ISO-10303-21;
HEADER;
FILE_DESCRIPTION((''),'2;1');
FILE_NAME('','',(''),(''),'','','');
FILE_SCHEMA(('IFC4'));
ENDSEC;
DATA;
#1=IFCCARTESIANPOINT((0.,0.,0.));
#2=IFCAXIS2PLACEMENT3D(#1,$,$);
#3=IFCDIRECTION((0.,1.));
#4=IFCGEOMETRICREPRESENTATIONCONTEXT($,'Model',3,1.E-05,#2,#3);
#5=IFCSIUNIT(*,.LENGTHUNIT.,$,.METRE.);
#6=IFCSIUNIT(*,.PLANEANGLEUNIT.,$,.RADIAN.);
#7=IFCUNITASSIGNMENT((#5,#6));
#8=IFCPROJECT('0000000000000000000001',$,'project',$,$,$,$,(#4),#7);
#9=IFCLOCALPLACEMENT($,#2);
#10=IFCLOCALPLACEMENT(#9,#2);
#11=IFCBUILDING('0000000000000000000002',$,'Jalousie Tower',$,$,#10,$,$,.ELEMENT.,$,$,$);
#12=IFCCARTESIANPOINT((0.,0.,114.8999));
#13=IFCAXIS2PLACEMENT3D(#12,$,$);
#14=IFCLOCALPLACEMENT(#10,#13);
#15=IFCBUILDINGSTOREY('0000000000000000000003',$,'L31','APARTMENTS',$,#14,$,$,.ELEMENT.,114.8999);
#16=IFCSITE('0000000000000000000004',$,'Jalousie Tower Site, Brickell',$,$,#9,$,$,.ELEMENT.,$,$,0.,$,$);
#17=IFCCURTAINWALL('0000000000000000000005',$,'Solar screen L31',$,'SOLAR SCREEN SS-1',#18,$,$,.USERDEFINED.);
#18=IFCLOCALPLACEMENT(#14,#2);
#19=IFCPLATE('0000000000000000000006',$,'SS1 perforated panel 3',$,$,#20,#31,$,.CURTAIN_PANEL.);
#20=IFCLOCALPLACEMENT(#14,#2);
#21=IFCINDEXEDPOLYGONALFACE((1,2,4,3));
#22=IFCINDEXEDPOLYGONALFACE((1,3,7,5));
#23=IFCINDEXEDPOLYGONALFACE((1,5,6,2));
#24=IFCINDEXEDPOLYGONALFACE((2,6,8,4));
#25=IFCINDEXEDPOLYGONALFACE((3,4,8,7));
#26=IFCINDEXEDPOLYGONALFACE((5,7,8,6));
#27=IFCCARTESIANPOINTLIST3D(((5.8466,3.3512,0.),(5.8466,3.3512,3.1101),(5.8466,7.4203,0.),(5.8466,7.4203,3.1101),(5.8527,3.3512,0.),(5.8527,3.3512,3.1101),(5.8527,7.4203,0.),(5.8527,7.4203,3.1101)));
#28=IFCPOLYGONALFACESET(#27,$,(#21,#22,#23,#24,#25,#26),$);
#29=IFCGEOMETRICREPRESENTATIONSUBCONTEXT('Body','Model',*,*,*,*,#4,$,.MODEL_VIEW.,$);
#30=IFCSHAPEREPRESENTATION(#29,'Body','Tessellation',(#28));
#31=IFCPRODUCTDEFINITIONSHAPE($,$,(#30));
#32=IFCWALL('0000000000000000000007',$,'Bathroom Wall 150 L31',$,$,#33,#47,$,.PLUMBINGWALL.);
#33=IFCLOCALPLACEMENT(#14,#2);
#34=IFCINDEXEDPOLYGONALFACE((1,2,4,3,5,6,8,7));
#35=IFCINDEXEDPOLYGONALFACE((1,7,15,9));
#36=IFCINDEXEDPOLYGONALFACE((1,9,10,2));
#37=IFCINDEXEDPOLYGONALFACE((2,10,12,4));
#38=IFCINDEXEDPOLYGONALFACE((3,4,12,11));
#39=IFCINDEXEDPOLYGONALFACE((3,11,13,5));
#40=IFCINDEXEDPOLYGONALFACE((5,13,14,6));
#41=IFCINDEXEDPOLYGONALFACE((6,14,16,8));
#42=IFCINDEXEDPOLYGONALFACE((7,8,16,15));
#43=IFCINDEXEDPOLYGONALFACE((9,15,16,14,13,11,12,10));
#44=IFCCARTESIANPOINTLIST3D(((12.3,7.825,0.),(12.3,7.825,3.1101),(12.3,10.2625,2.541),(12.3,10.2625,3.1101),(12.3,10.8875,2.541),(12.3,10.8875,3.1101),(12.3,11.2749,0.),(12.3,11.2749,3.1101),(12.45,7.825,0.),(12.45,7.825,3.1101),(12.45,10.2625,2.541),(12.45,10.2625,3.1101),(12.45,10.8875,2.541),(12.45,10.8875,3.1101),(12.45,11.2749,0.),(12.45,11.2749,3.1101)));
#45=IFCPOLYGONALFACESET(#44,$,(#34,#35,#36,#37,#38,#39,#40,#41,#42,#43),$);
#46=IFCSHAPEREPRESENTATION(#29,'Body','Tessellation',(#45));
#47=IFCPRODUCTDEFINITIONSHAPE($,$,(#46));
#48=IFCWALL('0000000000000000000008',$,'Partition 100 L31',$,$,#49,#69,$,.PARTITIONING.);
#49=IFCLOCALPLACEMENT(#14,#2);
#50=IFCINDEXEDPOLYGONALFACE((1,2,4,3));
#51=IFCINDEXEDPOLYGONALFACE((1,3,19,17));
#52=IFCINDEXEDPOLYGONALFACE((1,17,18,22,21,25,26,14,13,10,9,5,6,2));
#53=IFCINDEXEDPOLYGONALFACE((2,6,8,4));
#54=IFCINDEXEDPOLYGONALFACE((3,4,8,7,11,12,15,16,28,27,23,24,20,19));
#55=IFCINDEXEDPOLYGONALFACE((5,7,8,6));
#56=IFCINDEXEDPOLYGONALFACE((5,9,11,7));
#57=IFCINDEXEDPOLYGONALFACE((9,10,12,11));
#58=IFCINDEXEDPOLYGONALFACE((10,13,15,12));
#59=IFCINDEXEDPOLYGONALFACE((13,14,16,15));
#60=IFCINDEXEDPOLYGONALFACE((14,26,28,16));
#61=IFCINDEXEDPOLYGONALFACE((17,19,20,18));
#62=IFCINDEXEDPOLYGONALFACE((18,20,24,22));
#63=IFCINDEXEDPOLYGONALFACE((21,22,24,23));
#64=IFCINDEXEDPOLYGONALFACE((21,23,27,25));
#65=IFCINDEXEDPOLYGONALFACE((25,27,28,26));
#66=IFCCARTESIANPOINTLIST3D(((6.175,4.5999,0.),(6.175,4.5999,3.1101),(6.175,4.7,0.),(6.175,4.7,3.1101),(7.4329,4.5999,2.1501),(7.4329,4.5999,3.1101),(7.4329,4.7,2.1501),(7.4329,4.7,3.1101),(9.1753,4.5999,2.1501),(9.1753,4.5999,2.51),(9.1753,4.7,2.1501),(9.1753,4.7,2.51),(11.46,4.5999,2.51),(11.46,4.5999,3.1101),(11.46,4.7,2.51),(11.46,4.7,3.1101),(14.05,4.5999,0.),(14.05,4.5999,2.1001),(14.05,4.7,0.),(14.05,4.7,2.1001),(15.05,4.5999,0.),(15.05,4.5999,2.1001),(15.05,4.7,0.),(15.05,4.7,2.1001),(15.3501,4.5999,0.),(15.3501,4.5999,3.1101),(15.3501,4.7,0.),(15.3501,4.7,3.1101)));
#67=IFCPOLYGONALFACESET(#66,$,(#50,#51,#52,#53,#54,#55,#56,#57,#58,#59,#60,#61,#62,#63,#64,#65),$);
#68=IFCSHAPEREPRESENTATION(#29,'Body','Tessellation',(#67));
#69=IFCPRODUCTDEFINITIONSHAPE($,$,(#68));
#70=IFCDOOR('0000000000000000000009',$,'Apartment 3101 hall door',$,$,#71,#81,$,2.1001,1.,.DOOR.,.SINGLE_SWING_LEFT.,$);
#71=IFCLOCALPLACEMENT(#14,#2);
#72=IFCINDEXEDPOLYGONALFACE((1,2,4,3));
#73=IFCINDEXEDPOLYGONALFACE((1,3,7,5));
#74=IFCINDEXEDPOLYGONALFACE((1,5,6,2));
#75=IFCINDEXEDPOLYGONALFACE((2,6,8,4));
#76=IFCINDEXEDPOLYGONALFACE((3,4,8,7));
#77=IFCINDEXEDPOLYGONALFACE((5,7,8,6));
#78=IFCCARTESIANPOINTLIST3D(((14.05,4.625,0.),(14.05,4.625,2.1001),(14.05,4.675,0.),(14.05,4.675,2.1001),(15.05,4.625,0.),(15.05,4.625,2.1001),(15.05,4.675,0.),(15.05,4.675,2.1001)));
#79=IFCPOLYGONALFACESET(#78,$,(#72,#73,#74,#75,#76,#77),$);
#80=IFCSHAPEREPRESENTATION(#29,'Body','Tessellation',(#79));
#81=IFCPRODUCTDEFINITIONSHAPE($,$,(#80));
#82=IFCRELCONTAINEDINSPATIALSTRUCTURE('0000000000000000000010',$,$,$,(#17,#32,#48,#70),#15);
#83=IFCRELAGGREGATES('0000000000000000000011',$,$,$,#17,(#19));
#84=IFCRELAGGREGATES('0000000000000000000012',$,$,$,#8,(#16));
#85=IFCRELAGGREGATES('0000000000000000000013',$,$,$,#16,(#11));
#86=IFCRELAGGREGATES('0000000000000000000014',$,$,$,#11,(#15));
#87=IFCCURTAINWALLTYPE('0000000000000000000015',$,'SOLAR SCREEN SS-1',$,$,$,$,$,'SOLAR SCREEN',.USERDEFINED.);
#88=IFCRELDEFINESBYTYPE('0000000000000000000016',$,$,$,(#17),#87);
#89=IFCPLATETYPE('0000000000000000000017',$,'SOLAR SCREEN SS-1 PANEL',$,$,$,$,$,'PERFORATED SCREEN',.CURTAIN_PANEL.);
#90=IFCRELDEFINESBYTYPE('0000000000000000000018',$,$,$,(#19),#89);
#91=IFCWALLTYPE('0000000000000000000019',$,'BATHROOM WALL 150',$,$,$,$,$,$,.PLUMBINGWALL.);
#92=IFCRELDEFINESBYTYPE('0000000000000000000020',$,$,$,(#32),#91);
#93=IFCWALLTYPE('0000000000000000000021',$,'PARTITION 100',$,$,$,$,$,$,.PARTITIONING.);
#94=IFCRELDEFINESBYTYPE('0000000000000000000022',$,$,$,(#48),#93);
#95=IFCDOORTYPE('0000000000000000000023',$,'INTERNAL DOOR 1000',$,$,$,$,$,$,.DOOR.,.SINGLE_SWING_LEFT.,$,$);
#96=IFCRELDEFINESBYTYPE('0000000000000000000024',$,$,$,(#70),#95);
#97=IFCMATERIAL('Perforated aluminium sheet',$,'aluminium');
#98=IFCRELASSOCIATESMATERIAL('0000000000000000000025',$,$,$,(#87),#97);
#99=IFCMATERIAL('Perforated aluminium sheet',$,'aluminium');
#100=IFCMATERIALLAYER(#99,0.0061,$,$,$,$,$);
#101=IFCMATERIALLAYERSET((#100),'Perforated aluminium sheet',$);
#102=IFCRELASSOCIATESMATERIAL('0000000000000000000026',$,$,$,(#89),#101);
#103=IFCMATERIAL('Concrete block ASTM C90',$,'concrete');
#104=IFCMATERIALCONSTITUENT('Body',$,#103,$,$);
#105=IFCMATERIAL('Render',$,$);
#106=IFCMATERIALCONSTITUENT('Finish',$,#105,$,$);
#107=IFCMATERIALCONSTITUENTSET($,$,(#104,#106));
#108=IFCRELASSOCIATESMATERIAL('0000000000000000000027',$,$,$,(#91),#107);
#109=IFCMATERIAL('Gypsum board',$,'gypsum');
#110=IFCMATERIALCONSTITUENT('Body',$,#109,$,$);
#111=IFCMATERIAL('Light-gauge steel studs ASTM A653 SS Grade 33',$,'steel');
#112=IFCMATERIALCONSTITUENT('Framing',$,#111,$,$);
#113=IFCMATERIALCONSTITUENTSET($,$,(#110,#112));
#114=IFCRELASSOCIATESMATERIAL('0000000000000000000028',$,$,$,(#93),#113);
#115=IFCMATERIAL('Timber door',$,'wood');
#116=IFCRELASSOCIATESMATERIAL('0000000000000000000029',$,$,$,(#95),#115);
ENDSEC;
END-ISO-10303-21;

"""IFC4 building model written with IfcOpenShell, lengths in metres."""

from ifc_helpers import new_model, si_unit, direction, frame, frame_2d, origin, origin_2d, place, context, subcontext, project, spatial, polyline, rectangle, outline, extrude, material, layer, layer_set, constituent, constituent_set, type_object, element, fill, aggregate, save


model = new_model("IFC4")

# Units and contexts
model_context = context("Model", 3, precision=1e-05, world=origin(), true_north=direction((0.0, 1.0)))
body_context = subcontext(model_context, "Body", "Model", "MODEL_VIEW")
ifc_project = project(units=[si_unit("LENGTHUNIT", "METRE"), si_unit("PLANEANGLEUNIT", "RADIAN")], contexts=[model_context])

# Site, building, storey
site_placement = place(None, origin())
site = spatial("IfcSite", under=ifc_project, at=site_placement, Name="Jalousie Tower Site, Brickell", CompositionType="ELEMENT", RefElevation=0.0)
building_placement = place(site_placement, origin())
building = spatial("IfcBuilding", under=site, at=building_placement, Name="Jalousie Tower", CompositionType="ELEMENT")
storey_placement = place(building_placement, frame((0.0, 0.0, 114.8999)))
storey = spatial("IfcBuildingStorey", under=building, at=storey_placement, Name="L31", Description="APARTMENTS", CompositionType="ELEMENT", Elevation=114.8999)

# Curtain wall, plate
ifc_material_1 = material(Name="Perforated aluminium sheet", Category="aluminium")
curtain_wall_type_1 = type_object("IfcCurtainWallType", Name="SOLAR SCREEN SS-1", ElementType="SOLAR SCREEN", PredefinedType="USERDEFINED", material=ifc_material_1)
curtain_wall_1_placement = place(storey_placement, origin())
curtain_wall_1 = element("IfcCurtainWall", 1, at=curtain_wall_1_placement, inside=storey, type_object=curtain_wall_type_1, Name="Solar screen L31", ObjectType="SOLAR SCREEN SS-1", PredefinedType="USERDEFINED")
ifc_material_2 = material(Name="Perforated aluminium sheet", Category="aluminium")
ifc_layer_1 = layer(ifc_material_2, 0.0061)
ifc_layer_set_1 = layer_set([ifc_layer_1], Name="Perforated aluminium sheet")
plate_type = type_object("IfcPlateType", Name="SOLAR SCREEN SS-1 PANEL", ElementType="PERFORATED SCREEN", PredefinedType="CURTAIN_PANEL", material=ifc_layer_set_1)
plate_1_placement = place(storey_placement, frame((5.8496, 5.3857, 0.0), z_axis=(0.0, 0.0, 1.0), x_axis=(0.0, -1.0, 0.0)))
plate_1 = element("IfcPlate", 2, at=plate_1_placement, type_object=plate_type, Name="SS1 perforated panel 3", PredefinedType="CURTAIN_PANEL", context=body_context, shape_type="SweptSolid", body=[
    extrude(rectangle(XDim=4.0691, YDim=0.0061, at=origin_2d()), origin(), (0.0, 0.0, 1.0), 3.1101),
])
aggregate(curtain_wall_1, [plate_1])

# Wall
ifc_material_3 = material(Name="Concrete block ASTM C90", Category="concrete")
ifc_constituent_1 = constituent(ifc_material_3, Name="Body")
ifc_material_4 = material(Name="Render")
ifc_constituent_2 = constituent(ifc_material_4, Name="Finish")
ifc_constituent_set_1 = constituent_set(constituents=[ifc_constituent_1, ifc_constituent_2])
wall_type_1 = type_object("IfcWallType", Name="BATHROOM WALL 150", PredefinedType="PLUMBINGWALL", material=ifc_constituent_set_1)
wall_1_placement = place(storey_placement, frame((12.375, 7.825, 0.0), z_axis=(0.0, 0.0, 1.0), x_axis=(0.0, 1.0, 0.0)))
element("IfcWall", 3, at=wall_1_placement, inside=storey, type_object=wall_type_1, Name="Bathroom Wall 150 L31", PredefinedType="PLUMBINGWALL", context=body_context, shape_type="SweptSolid", body=[
    extrude(outline(polyline([(0.0, 0.0), (3.45, 0.0), (3.45, 3.1101), (3.0625, 3.1101), (3.0625, 2.541), (2.4375, 2.541), (2.4375, 3.1101), (0.0, 3.1101), (0.0, 0.0)])), frame((0.0, 0.075, 0.0), z_axis=(0.0, -1.0, 0.0), x_axis=(1.0, 0.0, 0.0)), (0.0, 0.0, 1.0), 0.1499),
])

# Wall, opening, door
ifc_material_5 = material(Name="Gypsum board", Category="gypsum")
ifc_constituent_3 = constituent(ifc_material_5, Name="Body")
ifc_material_6 = material(Name="Light-gauge steel studs ASTM A653 SS Grade 33", Category="steel")
ifc_constituent_4 = constituent(ifc_material_6, Name="Framing")
ifc_constituent_set_2 = constituent_set(constituents=[ifc_constituent_3, ifc_constituent_4])
wall_type_2 = type_object("IfcWallType", Name="PARTITION 100", PredefinedType="PARTITIONING", material=ifc_constituent_set_2)
wall_2_placement = place(storey_placement, frame((6.175, 4.6499, 0.0), z_axis=(0.0, 0.0, 1.0), x_axis=(1.0, 0.0, 0.0)))
wall_2 = element("IfcWall", 4, at=wall_2_placement, inside=storey, type_object=wall_type_2, Name="Partition 100 L31", PredefinedType="PARTITIONING", context=body_context, shape_type="SweptSolid", body=[
    extrude(outline(polyline([(0.0, 0.0), (9.175, 0.0), (9.175, 3.1101), (5.2849, 3.1101), (5.2849, 2.51), (3.0002, 2.51), (3.0002, 2.1501), (1.2578, 2.1501), (1.2578, 3.1101), (0.0, 3.1101), (0.0, 0.0)])), frame((0.0, 0.05, 0.0), z_axis=(0.0, -1.0, 0.0), x_axis=(1.0, 0.0, 0.0)), (0.0, 0.0, 1.0), 0.1001),
])
opening_1_placement = place(wall_2_placement, frame((7.875, 0.0, 0.0)))
opening_1 = element("IfcOpeningElement", 5, at=opening_1_placement, cuts=wall_2, PredefinedType="OPENING", context=body_context, shape_type="SweptSolid", body=[
    extrude(rectangle(XDim=1.0, YDim=2.1001, at=frame_2d((0.5, 1.05))), frame((0.0, 0.0601, 0.0), z_axis=(0.0, -1.0, 0.0), x_axis=(1.0, 0.0, 0.0)), (0.0, 0.0, 1.0), 0.1201),
])
ifc_material_7 = material(Name="Timber door", Category="wood")
door_type_1 = type_object("IfcDoorType", Name="INTERNAL DOOR 1000", OperationType="SINGLE_SWING_LEFT", PredefinedType="DOOR", material=ifc_material_7)
door_1_placement = place(opening_1_placement, frame((1.0, 0.0, 0.0), z_axis=(0.0, 0.0, 1.0), x_axis=(-1.0, 0.0, 0.0)))
door_1 = element("IfcDoor", 6, at=door_1_placement, inside=storey, type_object=door_type_1, Name="Apartment 3101 hall door", OperationType="SINGLE_SWING_LEFT", OverallHeight=2.1001, OverallWidth=1.0, PredefinedType="DOOR", context=body_context, shape_type="SweptSolid", body=[
    extrude(rectangle(XDim=1.0, YDim=2.1001, at=frame_2d((0.5, 1.05))), frame((0.0, 0.0249, 0.0), z_axis=(0.0, -1.0, 0.0), x_axis=(1.0, 0.0, 0.0)), (0.0, 0.0, 1.0), 0.05),
])
fill(opening_1, door_1)

save(model, "model.ifc")
